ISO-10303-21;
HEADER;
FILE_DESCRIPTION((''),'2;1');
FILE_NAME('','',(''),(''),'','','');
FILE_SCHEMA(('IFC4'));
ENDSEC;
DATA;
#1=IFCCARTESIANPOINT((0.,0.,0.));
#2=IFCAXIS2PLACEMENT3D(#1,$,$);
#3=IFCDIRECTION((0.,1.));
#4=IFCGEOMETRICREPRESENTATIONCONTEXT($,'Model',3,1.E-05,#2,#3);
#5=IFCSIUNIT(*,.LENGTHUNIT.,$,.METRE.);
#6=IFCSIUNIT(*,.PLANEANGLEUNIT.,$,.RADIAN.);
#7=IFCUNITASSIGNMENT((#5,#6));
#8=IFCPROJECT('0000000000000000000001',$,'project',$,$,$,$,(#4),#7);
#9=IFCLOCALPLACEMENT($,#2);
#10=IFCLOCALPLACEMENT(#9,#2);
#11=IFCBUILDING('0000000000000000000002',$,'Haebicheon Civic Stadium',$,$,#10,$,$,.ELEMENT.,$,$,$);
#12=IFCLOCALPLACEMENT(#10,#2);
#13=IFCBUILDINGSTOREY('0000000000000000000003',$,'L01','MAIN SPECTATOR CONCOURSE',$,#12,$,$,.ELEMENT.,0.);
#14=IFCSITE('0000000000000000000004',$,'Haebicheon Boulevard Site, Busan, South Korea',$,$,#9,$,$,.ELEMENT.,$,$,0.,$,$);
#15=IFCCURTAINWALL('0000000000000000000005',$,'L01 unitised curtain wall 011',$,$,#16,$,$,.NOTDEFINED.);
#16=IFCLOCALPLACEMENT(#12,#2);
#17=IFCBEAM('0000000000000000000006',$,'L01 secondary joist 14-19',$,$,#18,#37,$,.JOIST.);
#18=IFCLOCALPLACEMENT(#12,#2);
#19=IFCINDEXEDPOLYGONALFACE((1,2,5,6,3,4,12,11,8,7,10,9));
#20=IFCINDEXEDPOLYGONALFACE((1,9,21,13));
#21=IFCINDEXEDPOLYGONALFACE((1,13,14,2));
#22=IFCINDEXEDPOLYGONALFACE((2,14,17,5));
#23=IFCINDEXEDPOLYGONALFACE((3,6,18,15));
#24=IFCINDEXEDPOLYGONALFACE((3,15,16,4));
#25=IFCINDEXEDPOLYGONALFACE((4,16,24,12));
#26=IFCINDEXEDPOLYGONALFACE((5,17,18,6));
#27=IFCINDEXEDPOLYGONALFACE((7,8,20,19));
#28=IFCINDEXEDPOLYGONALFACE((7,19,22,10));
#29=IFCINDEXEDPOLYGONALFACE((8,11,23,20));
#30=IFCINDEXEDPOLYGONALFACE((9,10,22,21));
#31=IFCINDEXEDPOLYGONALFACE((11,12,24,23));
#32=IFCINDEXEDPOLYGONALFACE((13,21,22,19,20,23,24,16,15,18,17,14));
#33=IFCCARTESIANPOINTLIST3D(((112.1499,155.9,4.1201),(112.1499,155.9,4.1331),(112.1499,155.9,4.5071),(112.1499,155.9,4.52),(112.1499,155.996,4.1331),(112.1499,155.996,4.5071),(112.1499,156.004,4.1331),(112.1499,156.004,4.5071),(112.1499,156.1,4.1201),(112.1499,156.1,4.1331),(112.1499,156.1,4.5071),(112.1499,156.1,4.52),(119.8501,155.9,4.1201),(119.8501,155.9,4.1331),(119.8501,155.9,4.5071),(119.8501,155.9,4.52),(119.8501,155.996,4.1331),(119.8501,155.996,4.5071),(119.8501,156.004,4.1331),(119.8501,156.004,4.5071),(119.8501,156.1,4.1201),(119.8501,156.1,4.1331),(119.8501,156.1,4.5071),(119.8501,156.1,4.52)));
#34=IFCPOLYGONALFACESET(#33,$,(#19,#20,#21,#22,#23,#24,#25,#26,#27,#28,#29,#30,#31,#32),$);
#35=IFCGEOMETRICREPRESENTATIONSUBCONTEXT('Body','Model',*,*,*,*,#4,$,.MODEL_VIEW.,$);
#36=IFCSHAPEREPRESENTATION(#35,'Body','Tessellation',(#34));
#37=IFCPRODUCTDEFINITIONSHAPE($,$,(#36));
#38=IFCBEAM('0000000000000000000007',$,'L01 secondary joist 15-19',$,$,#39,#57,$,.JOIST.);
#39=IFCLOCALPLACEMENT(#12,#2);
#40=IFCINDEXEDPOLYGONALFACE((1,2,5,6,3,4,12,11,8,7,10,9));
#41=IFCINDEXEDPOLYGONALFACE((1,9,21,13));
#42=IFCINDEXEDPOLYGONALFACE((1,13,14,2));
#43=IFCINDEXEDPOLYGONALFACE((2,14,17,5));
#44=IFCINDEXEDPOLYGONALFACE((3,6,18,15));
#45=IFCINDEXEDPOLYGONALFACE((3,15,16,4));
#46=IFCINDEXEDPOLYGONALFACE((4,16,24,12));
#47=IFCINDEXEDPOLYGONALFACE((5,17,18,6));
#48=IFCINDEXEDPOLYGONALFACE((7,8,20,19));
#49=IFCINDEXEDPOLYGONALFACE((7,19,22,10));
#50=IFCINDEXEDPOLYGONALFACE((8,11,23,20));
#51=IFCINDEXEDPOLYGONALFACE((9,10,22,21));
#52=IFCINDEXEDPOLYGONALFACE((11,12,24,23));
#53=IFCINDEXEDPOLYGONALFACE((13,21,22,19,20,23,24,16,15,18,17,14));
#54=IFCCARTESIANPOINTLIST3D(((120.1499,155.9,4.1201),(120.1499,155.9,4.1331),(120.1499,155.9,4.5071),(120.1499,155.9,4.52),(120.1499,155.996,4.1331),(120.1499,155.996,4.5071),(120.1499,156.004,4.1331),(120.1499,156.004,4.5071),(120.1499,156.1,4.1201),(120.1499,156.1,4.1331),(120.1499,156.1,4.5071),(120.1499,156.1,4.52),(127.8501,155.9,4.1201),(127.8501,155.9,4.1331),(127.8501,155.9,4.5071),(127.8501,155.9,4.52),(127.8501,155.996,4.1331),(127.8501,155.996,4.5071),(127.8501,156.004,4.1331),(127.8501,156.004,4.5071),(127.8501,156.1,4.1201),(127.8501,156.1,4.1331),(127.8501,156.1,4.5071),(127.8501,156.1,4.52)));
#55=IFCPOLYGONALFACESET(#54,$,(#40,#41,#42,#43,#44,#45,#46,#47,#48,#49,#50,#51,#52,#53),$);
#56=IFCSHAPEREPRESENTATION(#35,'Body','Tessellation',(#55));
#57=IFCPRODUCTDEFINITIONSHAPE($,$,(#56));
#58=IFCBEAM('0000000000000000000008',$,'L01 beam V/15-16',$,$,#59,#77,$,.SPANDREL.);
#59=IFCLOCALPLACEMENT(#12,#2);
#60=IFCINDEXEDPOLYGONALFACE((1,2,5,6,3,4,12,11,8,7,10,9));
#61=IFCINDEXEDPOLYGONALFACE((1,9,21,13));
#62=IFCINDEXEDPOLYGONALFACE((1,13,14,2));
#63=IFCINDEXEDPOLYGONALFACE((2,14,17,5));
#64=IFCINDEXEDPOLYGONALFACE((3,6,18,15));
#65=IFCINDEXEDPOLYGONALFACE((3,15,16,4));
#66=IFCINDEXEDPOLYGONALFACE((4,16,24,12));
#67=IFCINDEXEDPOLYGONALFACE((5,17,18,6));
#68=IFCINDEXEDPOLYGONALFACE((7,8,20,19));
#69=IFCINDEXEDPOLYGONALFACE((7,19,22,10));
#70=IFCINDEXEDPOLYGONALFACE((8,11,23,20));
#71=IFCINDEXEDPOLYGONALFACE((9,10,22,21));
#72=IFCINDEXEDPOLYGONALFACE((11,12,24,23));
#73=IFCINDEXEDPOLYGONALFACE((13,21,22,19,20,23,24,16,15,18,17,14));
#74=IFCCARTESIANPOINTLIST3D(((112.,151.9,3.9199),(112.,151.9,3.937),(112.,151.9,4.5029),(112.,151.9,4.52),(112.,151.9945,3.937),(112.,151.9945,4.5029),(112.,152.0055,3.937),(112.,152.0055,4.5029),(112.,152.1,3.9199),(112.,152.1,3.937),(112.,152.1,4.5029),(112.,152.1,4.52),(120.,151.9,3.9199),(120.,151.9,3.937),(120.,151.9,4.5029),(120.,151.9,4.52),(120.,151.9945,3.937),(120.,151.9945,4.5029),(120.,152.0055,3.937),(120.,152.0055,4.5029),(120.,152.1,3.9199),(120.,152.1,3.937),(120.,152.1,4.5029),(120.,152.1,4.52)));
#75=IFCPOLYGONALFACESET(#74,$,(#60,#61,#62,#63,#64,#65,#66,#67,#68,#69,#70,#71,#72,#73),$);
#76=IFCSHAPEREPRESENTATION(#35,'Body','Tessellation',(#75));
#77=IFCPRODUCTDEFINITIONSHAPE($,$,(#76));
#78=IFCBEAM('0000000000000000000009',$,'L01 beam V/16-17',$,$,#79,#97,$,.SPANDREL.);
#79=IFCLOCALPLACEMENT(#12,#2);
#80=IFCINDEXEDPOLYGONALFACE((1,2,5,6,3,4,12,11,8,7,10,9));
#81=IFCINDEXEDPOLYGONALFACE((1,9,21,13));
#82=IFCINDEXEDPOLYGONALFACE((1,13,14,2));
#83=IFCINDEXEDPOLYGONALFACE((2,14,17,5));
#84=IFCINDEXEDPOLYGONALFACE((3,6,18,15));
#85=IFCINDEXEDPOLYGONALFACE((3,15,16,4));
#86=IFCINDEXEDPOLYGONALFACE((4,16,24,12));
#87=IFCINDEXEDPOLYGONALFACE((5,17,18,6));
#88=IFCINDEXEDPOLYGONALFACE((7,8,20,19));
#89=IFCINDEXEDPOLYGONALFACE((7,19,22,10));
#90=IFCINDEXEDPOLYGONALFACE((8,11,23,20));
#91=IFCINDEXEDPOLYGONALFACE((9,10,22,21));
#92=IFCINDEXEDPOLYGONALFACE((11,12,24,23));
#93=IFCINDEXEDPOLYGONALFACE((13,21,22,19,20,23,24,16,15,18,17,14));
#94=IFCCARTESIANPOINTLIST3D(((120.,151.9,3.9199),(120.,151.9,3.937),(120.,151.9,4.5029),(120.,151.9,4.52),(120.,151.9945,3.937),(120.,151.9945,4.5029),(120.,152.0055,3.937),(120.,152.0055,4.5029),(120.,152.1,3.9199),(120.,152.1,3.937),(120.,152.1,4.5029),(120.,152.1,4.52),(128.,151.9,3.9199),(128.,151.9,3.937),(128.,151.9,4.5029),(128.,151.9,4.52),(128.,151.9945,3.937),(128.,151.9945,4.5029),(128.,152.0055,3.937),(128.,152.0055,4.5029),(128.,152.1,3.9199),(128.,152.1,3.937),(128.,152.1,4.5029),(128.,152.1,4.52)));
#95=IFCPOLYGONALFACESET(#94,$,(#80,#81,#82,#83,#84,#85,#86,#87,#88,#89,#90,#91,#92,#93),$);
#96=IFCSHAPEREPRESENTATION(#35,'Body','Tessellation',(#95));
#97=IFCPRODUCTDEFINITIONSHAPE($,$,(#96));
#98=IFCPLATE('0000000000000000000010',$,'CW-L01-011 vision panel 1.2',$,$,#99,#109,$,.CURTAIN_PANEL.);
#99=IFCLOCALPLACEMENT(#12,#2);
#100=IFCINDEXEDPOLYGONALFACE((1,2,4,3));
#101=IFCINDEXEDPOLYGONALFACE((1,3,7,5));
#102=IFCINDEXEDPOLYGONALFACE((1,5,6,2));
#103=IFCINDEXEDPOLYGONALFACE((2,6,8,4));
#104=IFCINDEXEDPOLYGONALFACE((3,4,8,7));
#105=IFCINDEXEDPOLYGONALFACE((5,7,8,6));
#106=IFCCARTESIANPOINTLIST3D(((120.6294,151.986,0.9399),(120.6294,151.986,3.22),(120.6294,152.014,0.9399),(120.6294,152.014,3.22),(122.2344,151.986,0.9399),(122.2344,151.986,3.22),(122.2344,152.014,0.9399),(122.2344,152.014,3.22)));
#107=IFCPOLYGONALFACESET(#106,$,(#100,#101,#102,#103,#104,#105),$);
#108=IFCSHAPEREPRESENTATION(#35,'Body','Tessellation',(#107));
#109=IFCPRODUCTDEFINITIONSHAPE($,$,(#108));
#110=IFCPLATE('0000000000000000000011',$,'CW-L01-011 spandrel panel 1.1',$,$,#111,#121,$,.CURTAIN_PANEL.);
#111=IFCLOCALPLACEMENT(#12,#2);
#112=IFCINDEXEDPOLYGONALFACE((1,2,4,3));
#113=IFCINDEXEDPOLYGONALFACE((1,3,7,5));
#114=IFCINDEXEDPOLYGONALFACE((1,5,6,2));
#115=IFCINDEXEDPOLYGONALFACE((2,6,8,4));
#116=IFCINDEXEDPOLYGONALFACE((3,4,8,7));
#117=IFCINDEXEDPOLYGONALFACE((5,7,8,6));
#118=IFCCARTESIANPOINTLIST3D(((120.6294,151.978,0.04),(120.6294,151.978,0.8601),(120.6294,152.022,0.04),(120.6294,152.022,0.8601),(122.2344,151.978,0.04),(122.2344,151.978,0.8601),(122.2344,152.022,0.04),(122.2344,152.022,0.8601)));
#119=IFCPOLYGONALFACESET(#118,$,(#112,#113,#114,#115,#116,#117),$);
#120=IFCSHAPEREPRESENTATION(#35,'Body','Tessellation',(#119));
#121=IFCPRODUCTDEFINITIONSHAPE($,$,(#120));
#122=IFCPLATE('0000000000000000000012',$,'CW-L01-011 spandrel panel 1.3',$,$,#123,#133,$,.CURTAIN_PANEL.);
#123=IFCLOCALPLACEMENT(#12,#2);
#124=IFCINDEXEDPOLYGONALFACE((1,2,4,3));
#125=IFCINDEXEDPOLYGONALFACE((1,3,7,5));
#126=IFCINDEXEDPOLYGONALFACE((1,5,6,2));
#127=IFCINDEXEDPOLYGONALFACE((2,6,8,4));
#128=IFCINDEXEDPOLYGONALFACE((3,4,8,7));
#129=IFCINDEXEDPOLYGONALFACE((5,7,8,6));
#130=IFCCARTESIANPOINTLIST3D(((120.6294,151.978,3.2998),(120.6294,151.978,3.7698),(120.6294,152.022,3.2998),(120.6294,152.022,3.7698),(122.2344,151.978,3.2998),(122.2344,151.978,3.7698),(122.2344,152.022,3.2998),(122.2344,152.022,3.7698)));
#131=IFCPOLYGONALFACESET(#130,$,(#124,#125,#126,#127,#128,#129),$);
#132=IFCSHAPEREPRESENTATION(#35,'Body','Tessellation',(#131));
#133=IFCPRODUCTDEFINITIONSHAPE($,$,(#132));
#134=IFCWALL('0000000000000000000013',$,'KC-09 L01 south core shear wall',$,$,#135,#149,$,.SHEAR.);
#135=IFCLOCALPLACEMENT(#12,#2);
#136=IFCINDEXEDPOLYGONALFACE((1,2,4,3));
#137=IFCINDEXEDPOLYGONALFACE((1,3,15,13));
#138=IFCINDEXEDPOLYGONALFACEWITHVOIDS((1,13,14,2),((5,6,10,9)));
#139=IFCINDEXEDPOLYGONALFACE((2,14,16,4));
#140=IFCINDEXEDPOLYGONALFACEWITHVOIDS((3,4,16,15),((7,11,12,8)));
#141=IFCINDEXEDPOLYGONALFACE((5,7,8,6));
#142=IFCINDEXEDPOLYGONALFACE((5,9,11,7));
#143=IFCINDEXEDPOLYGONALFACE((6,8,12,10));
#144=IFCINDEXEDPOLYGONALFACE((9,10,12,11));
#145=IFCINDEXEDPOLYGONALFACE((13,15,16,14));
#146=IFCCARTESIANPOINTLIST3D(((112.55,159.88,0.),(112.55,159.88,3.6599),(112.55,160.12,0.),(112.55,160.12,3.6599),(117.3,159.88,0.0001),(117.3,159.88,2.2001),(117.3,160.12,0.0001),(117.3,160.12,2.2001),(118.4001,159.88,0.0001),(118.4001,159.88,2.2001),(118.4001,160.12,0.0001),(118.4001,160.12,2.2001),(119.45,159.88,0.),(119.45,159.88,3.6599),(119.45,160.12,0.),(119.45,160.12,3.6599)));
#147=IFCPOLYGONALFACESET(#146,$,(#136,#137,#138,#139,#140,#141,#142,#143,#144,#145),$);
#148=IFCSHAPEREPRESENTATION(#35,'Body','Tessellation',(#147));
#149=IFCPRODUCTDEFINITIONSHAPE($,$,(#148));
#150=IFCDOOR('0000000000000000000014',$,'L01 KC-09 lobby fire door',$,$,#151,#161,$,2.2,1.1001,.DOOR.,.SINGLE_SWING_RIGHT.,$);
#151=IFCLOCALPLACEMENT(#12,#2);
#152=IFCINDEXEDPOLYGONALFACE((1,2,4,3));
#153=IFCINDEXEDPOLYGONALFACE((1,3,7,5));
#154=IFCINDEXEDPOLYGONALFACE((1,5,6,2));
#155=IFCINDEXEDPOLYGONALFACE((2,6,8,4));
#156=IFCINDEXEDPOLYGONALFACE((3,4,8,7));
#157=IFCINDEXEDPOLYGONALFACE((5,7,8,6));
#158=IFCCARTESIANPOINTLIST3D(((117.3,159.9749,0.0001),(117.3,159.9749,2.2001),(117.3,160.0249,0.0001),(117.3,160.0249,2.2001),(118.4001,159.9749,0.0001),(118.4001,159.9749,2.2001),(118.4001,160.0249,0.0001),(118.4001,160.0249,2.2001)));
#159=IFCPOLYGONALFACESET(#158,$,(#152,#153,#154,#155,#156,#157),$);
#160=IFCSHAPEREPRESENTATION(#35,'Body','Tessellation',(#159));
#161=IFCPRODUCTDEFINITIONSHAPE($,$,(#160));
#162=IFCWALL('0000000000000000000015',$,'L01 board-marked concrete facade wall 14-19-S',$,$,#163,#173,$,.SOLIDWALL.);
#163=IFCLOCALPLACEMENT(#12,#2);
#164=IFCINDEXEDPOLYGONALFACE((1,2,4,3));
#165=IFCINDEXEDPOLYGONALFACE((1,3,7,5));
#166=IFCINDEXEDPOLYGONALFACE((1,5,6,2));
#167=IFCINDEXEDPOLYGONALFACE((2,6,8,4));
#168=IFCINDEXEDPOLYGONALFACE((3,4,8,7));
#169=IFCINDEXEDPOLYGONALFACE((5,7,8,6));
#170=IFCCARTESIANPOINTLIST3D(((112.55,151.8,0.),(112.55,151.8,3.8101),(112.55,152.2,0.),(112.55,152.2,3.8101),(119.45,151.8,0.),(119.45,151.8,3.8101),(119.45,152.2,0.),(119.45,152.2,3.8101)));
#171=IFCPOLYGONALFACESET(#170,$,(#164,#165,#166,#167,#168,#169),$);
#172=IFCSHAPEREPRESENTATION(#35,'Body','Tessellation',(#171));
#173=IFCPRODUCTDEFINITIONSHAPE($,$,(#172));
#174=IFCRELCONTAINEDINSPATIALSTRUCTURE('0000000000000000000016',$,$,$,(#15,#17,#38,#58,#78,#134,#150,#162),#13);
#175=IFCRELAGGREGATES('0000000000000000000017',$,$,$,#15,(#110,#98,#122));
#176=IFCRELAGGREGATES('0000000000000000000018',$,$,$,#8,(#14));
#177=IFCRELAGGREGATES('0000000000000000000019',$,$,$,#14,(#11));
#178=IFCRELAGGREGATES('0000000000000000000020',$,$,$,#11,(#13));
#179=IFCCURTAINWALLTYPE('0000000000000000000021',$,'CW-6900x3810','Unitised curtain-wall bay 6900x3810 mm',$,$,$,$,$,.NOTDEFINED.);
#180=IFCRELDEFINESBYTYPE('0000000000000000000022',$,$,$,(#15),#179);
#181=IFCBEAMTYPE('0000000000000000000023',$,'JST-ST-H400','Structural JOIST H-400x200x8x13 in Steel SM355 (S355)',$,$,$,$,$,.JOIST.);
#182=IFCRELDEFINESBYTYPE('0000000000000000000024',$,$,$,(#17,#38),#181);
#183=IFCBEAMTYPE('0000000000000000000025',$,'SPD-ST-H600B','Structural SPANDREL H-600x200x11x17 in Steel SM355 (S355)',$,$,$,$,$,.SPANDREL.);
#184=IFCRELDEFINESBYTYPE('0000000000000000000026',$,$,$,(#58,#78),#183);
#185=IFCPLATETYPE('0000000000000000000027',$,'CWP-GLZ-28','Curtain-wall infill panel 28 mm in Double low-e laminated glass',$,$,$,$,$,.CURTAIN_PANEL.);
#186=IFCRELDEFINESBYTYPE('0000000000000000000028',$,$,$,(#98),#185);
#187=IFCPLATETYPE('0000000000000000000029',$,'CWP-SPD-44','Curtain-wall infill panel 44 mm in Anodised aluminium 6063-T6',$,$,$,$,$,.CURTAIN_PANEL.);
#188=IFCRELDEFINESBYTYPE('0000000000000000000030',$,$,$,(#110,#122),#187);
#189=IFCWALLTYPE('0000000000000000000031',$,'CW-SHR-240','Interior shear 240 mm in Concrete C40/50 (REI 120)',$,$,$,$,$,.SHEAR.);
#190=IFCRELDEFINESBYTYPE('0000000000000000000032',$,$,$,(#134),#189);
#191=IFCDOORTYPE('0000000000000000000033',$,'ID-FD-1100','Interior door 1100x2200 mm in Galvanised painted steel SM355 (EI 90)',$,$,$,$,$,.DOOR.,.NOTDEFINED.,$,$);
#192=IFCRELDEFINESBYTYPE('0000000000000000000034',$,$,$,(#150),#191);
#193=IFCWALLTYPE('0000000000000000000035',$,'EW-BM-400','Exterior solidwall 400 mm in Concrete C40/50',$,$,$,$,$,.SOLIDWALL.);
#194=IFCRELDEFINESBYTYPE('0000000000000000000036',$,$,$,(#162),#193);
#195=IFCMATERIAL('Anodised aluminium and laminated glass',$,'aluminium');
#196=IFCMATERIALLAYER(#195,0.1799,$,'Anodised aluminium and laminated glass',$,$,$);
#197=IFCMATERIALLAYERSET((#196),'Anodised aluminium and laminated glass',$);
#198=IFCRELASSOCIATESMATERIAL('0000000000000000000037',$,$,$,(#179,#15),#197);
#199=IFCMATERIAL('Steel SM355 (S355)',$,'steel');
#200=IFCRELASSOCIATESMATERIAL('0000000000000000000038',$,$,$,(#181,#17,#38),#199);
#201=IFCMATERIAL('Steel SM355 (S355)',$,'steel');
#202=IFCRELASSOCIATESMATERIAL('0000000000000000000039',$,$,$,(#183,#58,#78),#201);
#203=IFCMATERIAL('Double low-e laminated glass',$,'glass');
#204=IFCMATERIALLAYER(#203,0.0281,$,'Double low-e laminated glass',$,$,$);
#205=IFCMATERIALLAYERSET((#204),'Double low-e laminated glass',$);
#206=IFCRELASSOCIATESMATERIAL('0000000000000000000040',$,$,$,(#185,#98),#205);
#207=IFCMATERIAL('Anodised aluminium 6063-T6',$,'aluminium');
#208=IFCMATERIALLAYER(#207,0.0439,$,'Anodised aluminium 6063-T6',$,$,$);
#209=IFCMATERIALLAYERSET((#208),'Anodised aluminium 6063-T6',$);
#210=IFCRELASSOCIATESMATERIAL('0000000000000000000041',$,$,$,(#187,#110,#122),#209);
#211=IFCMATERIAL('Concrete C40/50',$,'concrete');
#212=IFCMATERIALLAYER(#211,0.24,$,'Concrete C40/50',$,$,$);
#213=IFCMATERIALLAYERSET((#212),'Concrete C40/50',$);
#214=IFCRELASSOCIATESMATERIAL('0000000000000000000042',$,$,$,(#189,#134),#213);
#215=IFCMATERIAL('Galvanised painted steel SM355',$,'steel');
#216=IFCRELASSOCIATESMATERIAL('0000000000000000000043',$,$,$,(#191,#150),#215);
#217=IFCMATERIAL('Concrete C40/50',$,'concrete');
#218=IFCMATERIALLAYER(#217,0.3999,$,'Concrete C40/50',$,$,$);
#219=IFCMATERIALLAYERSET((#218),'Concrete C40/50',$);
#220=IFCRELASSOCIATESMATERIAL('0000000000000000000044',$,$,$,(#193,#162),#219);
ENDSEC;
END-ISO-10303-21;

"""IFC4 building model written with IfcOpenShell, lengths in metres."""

from ifc_helpers import new_model, si_unit, direction, frame, frame_2d, origin, origin_2d, place, context, subcontext, project, spatial, rectangle, i_section, extrude, material, layer, layer_set, material_profile, profile_set, type_object, element, fill, aggregate, save


model = new_model("IFC4")

# Units and contexts
model_context = context("Model", 3, precision=1e-05, world=origin(), true_north=direction((0.0, 1.0)))
body_context = subcontext(model_context, "Body", "Model", "MODEL_VIEW")
ifc_project = project(units=[si_unit("LENGTHUNIT", "METRE"), si_unit("PLANEANGLEUNIT", "RADIAN")], contexts=[model_context])

# Site, building, storey
site_placement = place(None, origin())
site = spatial("IfcSite", under=ifc_project, at=site_placement, Name="Haebicheon Boulevard Site, Busan, South Korea", CompositionType="ELEMENT", RefElevation=0.0)
building_placement = place(site_placement, origin())
building = spatial("IfcBuilding", under=site, at=building_placement, Name="Haebicheon Civic Stadium", CompositionType="ELEMENT")
storey_placement = place(building_placement, origin())
storey = spatial("IfcBuildingStorey", under=building, at=storey_placement, Name="L01", Description="MAIN SPECTATOR CONCOURSE", CompositionType="ELEMENT", Elevation=0.0)

# Curtain wall
ifc_material_1 = material(Name="Anodised aluminium and laminated glass", Category="aluminium")
ifc_layer_1 = layer(ifc_material_1, 0.1799, Name="Anodised aluminium and laminated glass")
ifc_layer_set_1 = layer_set([ifc_layer_1], Name="Anodised aluminium and laminated glass")
curtain_wall_type = type_object("IfcCurtainWallType", Name="CW-6900x3810", Description="Unitised curtain-wall bay 6900x3810 mm", PredefinedType="NOTDEFINED", material=ifc_layer_set_1)
curtain_wall_placement = place(storey_placement, origin())
curtain_wall = element("IfcCurtainWall", 1, at=curtain_wall_placement, inside=storey, type_object=curtain_wall_type, material=ifc_layer_set_1, Name="L01 unitised curtain wall 011", PredefinedType="NOTDEFINED")

# Beams
ifc_material_2 = material(Name="Steel SM355 (S355)", Category="steel")
ifc_material_profile_1 = material_profile(ifc_material_2, i_section(OverallWidth=0.2, OverallDepth=0.3999, WebThickness=0.0081, FlangeThickness=0.0129, at=origin_2d()), Name="H-400x200x8x13")
ifc_profile_set_1 = profile_set([ifc_material_profile_1], Name="Steel SM355 (S355)")
beam_type_1 = type_object("IfcBeamType", Name="JST-ST-H400", Description="Structural JOIST H-400x200x8x13 in Steel SM355 (S355)", PredefinedType="JOIST", material=ifc_profile_set_1)
for number, where, z_axis, x_axis, name in (
    (2, (112.1499, 156.0, 4.3201), (1.0, 0.0, 0.0), (0.0, 1.0, 0.0), "L01 secondary joist 14-19"),
    (3, (120.1499, 156.0, 4.3201), (1.0, 0.0, 0.0), (0.0, 1.0, 0.0), "L01 secondary joist 15-19"),
):
    element("IfcBeam", number, at=place(storey_placement, frame(where, z_axis=z_axis, x_axis=x_axis)), inside=storey, type_object=beam_type_1, material=ifc_profile_set_1, Name=name, PredefinedType="JOIST", context=body_context, shape_type="SweptSolid", body=[
        extrude(i_section(OverallWidth=0.2, OverallDepth=0.3999, WebThickness=0.0081, FlangeThickness=0.0129, at=origin_2d()), origin(), (0.0, 0.0, 1.0), 7.7002),
    ])
ifc_material_3 = material(Name="Steel SM355 (S355)", Category="steel")
ifc_material_profile_2 = material_profile(ifc_material_3, i_section(OverallWidth=0.2, OverallDepth=0.6001, WebThickness=0.011, FlangeThickness=0.0171, at=origin_2d()), Name="H-600x200x11x17")
ifc_profile_set_2 = profile_set([ifc_material_profile_2], Name="Steel SM355 (S355)")
beam_type_2 = type_object("IfcBeamType", Name="SPD-ST-H600B", Description="Structural SPANDREL H-600x200x11x17 in Steel SM355 (S355)", PredefinedType="SPANDREL", material=ifc_profile_set_2)
for number, where, z_axis, x_axis, name in (
    (4, (112.0, 152.0, 4.22), (1.0, 0.0, 0.0), (0.0, 1.0, 0.0), "L01 beam V/15-16"),
    (5, (120.0, 152.0, 4.22), (1.0, 0.0, 0.0), (0.0, 1.0, 0.0), "L01 beam V/16-17"),
):
    element("IfcBeam", number, at=place(storey_placement, frame(where, z_axis=z_axis, x_axis=x_axis)), inside=storey, type_object=beam_type_2, material=ifc_profile_set_2, Name=name, PredefinedType="SPANDREL", context=body_context, shape_type="SweptSolid", body=[
        extrude(i_section(OverallWidth=0.2, OverallDepth=0.6001, WebThickness=0.011, FlangeThickness=0.0171, at=origin_2d()), origin(), (0.0, 0.0, 1.0), 8.0),
    ])

# Plates
ifc_material_4 = material(Name="Double low-e laminated glass", Category="glass")
ifc_layer_2 = layer(ifc_material_4, 0.0281, Name="Double low-e laminated glass")
ifc_layer_set_2 = layer_set([ifc_layer_2], Name="Double low-e laminated glass")
plate_type_1 = type_object("IfcPlateType", Name="CWP-GLZ-28", Description="Curtain-wall infill panel 28 mm in Double low-e laminated glass", PredefinedType="CURTAIN_PANEL", material=ifc_layer_set_2)
plate_1_placement = place(storey_placement, frame((121.4319, 152.0, 0.9399), z_axis=(0.0, 0.0, 1.0), x_axis=(1.0, 0.0, 0.0)))
plate_1 = element("IfcPlate", 6, at=plate_1_placement, type_object=plate_type_1, material=ifc_layer_set_2, Name="CW-L01-011 vision panel 1.2", PredefinedType="CURTAIN_PANEL", context=body_context, shape_type="SweptSolid", body=[
    extrude(rectangle(XDim=1.605, YDim=0.0281, at=origin_2d()), origin(), (0.0, 0.0, 1.0), 2.28),
])
ifc_material_5 = material(Name="Anodised aluminium 6063-T6", Category="aluminium")
ifc_layer_3 = layer(ifc_material_5, 0.0439, Name="Anodised aluminium 6063-T6")
ifc_layer_set_3 = layer_set([ifc_layer_3], Name="Anodised aluminium 6063-T6")
plate_type_2 = type_object("IfcPlateType", Name="CWP-SPD-44", Description="Curtain-wall infill panel 44 mm in Anodised aluminium 6063-T6", PredefinedType="CURTAIN_PANEL", material=ifc_layer_set_3)
plate_2_placement = place(storey_placement, frame((121.4319, 152.0, 0.04), z_axis=(0.0, 0.0, 1.0), x_axis=(1.0, 0.0, 0.0)))
plate_2 = element("IfcPlate", 7, at=plate_2_placement, type_object=plate_type_2, material=ifc_layer_set_3, Name="CW-L01-011 spandrel panel 1.1", PredefinedType="CURTAIN_PANEL", context=body_context, shape_type="SweptSolid", body=[
    extrude(rectangle(XDim=1.605, YDim=0.0439, at=origin_2d()), origin(), (0.0, 0.0, 1.0), 0.8201),
])
plate_3_placement = place(storey_placement, frame((121.4319, 152.0, 3.2998), z_axis=(0.0, 0.0, 1.0), x_axis=(1.0, 0.0, 0.0)))
plate_3 = element("IfcPlate", 8, at=plate_3_placement, type_object=plate_type_2, material=ifc_layer_set_3, Name="CW-L01-011 spandrel panel 1.3", PredefinedType="CURTAIN_PANEL", context=body_context, shape_type="SweptSolid", body=[
    extrude(rectangle(XDim=1.605, YDim=0.0439, at=origin_2d()), origin(), (0.0, 0.0, 1.0), 0.47),
])
aggregate(curtain_wall, [plate_2, plate_1, plate_3])

# Wall, opening, door
ifc_material_6 = material(Name="Concrete C40/50", Category="concrete")
ifc_layer_4 = layer(ifc_material_6, 0.24, Name="Concrete C40/50")
ifc_layer_set_4 = layer_set([ifc_layer_4], Name="Concrete C40/50")
wall_type_1 = type_object("IfcWallType", Name="CW-SHR-240", Description="Interior shear 240 mm in Concrete C40/50 (REI 120)", PredefinedType="SHEAR", material=ifc_layer_set_4)
wall_1_placement = place(storey_placement, frame((112.55, 160.0, 0.0), z_axis=(0.0, 0.0, 1.0), x_axis=(1.0, 0.0, 0.0)))
wall_1 = element("IfcWall", 9, at=wall_1_placement, inside=storey, type_object=wall_type_1, material=ifc_layer_set_4, Name="KC-09 L01 south core shear wall", PredefinedType="SHEAR", context=body_context, shape_type="SweptSolid", body=[
    extrude(rectangle(XDim=6.8999, YDim=0.24, at=frame_2d((3.45, 0.0))), origin(), (0.0, 0.0, 1.0), 3.6599),
])
opening_placement = place(wall_1_placement, frame((4.75, 0.0, 0.0)))
opening = element("IfcOpeningElement", 10, at=opening_placement, cuts=wall_1, PredefinedType="OPENING", context=body_context, shape_type="SweptSolid", body=[
    extrude(rectangle(XDim=1.1001, YDim=2.2, at=frame_2d((0.55, 1.1001))), frame((0.0, 0.1299, 0.0), z_axis=(0.0, -1.0, 0.0), x_axis=(1.0, 0.0, 0.0)), (0.0, 0.0, 1.0), 0.26),
])
ifc_material_7 = material(Name="Galvanised painted steel SM355", Category="steel")
door_type = type_object("IfcDoorType", Name="ID-FD-1100", Description="Interior door 1100x2200 mm in Galvanised painted steel SM355 (EI 90)", OperationType="NOTDEFINED", PredefinedType="DOOR", material=ifc_material_7)
door_placement = place(opening_placement, origin())
door = element("IfcDoor", 11, at=door_placement, inside=storey, type_object=door_type, material=ifc_material_7, Name="L01 KC-09 lobby fire door", OperationType="SINGLE_SWING_RIGHT", OverallHeight=2.2, OverallWidth=1.1001, PredefinedType="DOOR", context=body_context, shape_type="SweptSolid", body=[
    extrude(rectangle(XDim=1.1001, YDim=2.2, at=frame_2d((0.55, 1.1001))), frame((0.0, 0.0249, 0.0), z_axis=(0.0, -1.0, 0.0), x_axis=(1.0, 0.0, 0.0)), (0.0, 0.0, 1.0), 0.05),
])
fill(opening, door)

# Wall
ifc_material_8 = material(Name="Concrete C40/50", Category="concrete")
ifc_layer_5 = layer(ifc_material_8, 0.3999, Name="Concrete C40/50")
ifc_layer_set_5 = layer_set([ifc_layer_5], Name="Concrete C40/50")
wall_type_2 = type_object("IfcWallType", Name="EW-BM-400", Description="Exterior solidwall 400 mm in Concrete C40/50", PredefinedType="SOLIDWALL", material=ifc_layer_set_5)
wall_2_placement = place(storey_placement, frame((112.55, 152.0, 0.0), z_axis=(0.0, 0.0, 1.0), x_axis=(1.0, 0.0, 0.0)))
element("IfcWall", 12, at=wall_2_placement, inside=storey, type_object=wall_type_2, material=ifc_layer_set_5, Name="L01 board-marked concrete facade wall 14-19-S", PredefinedType="SOLIDWALL", context=body_context, shape_type="SweptSolid", body=[
    extrude(rectangle(XDim=6.8999, YDim=0.3999, at=frame_2d((3.45, 0.0))), origin(), (0.0, 0.0, 1.0), 3.8101),
])

save(model, "model.ifc")
